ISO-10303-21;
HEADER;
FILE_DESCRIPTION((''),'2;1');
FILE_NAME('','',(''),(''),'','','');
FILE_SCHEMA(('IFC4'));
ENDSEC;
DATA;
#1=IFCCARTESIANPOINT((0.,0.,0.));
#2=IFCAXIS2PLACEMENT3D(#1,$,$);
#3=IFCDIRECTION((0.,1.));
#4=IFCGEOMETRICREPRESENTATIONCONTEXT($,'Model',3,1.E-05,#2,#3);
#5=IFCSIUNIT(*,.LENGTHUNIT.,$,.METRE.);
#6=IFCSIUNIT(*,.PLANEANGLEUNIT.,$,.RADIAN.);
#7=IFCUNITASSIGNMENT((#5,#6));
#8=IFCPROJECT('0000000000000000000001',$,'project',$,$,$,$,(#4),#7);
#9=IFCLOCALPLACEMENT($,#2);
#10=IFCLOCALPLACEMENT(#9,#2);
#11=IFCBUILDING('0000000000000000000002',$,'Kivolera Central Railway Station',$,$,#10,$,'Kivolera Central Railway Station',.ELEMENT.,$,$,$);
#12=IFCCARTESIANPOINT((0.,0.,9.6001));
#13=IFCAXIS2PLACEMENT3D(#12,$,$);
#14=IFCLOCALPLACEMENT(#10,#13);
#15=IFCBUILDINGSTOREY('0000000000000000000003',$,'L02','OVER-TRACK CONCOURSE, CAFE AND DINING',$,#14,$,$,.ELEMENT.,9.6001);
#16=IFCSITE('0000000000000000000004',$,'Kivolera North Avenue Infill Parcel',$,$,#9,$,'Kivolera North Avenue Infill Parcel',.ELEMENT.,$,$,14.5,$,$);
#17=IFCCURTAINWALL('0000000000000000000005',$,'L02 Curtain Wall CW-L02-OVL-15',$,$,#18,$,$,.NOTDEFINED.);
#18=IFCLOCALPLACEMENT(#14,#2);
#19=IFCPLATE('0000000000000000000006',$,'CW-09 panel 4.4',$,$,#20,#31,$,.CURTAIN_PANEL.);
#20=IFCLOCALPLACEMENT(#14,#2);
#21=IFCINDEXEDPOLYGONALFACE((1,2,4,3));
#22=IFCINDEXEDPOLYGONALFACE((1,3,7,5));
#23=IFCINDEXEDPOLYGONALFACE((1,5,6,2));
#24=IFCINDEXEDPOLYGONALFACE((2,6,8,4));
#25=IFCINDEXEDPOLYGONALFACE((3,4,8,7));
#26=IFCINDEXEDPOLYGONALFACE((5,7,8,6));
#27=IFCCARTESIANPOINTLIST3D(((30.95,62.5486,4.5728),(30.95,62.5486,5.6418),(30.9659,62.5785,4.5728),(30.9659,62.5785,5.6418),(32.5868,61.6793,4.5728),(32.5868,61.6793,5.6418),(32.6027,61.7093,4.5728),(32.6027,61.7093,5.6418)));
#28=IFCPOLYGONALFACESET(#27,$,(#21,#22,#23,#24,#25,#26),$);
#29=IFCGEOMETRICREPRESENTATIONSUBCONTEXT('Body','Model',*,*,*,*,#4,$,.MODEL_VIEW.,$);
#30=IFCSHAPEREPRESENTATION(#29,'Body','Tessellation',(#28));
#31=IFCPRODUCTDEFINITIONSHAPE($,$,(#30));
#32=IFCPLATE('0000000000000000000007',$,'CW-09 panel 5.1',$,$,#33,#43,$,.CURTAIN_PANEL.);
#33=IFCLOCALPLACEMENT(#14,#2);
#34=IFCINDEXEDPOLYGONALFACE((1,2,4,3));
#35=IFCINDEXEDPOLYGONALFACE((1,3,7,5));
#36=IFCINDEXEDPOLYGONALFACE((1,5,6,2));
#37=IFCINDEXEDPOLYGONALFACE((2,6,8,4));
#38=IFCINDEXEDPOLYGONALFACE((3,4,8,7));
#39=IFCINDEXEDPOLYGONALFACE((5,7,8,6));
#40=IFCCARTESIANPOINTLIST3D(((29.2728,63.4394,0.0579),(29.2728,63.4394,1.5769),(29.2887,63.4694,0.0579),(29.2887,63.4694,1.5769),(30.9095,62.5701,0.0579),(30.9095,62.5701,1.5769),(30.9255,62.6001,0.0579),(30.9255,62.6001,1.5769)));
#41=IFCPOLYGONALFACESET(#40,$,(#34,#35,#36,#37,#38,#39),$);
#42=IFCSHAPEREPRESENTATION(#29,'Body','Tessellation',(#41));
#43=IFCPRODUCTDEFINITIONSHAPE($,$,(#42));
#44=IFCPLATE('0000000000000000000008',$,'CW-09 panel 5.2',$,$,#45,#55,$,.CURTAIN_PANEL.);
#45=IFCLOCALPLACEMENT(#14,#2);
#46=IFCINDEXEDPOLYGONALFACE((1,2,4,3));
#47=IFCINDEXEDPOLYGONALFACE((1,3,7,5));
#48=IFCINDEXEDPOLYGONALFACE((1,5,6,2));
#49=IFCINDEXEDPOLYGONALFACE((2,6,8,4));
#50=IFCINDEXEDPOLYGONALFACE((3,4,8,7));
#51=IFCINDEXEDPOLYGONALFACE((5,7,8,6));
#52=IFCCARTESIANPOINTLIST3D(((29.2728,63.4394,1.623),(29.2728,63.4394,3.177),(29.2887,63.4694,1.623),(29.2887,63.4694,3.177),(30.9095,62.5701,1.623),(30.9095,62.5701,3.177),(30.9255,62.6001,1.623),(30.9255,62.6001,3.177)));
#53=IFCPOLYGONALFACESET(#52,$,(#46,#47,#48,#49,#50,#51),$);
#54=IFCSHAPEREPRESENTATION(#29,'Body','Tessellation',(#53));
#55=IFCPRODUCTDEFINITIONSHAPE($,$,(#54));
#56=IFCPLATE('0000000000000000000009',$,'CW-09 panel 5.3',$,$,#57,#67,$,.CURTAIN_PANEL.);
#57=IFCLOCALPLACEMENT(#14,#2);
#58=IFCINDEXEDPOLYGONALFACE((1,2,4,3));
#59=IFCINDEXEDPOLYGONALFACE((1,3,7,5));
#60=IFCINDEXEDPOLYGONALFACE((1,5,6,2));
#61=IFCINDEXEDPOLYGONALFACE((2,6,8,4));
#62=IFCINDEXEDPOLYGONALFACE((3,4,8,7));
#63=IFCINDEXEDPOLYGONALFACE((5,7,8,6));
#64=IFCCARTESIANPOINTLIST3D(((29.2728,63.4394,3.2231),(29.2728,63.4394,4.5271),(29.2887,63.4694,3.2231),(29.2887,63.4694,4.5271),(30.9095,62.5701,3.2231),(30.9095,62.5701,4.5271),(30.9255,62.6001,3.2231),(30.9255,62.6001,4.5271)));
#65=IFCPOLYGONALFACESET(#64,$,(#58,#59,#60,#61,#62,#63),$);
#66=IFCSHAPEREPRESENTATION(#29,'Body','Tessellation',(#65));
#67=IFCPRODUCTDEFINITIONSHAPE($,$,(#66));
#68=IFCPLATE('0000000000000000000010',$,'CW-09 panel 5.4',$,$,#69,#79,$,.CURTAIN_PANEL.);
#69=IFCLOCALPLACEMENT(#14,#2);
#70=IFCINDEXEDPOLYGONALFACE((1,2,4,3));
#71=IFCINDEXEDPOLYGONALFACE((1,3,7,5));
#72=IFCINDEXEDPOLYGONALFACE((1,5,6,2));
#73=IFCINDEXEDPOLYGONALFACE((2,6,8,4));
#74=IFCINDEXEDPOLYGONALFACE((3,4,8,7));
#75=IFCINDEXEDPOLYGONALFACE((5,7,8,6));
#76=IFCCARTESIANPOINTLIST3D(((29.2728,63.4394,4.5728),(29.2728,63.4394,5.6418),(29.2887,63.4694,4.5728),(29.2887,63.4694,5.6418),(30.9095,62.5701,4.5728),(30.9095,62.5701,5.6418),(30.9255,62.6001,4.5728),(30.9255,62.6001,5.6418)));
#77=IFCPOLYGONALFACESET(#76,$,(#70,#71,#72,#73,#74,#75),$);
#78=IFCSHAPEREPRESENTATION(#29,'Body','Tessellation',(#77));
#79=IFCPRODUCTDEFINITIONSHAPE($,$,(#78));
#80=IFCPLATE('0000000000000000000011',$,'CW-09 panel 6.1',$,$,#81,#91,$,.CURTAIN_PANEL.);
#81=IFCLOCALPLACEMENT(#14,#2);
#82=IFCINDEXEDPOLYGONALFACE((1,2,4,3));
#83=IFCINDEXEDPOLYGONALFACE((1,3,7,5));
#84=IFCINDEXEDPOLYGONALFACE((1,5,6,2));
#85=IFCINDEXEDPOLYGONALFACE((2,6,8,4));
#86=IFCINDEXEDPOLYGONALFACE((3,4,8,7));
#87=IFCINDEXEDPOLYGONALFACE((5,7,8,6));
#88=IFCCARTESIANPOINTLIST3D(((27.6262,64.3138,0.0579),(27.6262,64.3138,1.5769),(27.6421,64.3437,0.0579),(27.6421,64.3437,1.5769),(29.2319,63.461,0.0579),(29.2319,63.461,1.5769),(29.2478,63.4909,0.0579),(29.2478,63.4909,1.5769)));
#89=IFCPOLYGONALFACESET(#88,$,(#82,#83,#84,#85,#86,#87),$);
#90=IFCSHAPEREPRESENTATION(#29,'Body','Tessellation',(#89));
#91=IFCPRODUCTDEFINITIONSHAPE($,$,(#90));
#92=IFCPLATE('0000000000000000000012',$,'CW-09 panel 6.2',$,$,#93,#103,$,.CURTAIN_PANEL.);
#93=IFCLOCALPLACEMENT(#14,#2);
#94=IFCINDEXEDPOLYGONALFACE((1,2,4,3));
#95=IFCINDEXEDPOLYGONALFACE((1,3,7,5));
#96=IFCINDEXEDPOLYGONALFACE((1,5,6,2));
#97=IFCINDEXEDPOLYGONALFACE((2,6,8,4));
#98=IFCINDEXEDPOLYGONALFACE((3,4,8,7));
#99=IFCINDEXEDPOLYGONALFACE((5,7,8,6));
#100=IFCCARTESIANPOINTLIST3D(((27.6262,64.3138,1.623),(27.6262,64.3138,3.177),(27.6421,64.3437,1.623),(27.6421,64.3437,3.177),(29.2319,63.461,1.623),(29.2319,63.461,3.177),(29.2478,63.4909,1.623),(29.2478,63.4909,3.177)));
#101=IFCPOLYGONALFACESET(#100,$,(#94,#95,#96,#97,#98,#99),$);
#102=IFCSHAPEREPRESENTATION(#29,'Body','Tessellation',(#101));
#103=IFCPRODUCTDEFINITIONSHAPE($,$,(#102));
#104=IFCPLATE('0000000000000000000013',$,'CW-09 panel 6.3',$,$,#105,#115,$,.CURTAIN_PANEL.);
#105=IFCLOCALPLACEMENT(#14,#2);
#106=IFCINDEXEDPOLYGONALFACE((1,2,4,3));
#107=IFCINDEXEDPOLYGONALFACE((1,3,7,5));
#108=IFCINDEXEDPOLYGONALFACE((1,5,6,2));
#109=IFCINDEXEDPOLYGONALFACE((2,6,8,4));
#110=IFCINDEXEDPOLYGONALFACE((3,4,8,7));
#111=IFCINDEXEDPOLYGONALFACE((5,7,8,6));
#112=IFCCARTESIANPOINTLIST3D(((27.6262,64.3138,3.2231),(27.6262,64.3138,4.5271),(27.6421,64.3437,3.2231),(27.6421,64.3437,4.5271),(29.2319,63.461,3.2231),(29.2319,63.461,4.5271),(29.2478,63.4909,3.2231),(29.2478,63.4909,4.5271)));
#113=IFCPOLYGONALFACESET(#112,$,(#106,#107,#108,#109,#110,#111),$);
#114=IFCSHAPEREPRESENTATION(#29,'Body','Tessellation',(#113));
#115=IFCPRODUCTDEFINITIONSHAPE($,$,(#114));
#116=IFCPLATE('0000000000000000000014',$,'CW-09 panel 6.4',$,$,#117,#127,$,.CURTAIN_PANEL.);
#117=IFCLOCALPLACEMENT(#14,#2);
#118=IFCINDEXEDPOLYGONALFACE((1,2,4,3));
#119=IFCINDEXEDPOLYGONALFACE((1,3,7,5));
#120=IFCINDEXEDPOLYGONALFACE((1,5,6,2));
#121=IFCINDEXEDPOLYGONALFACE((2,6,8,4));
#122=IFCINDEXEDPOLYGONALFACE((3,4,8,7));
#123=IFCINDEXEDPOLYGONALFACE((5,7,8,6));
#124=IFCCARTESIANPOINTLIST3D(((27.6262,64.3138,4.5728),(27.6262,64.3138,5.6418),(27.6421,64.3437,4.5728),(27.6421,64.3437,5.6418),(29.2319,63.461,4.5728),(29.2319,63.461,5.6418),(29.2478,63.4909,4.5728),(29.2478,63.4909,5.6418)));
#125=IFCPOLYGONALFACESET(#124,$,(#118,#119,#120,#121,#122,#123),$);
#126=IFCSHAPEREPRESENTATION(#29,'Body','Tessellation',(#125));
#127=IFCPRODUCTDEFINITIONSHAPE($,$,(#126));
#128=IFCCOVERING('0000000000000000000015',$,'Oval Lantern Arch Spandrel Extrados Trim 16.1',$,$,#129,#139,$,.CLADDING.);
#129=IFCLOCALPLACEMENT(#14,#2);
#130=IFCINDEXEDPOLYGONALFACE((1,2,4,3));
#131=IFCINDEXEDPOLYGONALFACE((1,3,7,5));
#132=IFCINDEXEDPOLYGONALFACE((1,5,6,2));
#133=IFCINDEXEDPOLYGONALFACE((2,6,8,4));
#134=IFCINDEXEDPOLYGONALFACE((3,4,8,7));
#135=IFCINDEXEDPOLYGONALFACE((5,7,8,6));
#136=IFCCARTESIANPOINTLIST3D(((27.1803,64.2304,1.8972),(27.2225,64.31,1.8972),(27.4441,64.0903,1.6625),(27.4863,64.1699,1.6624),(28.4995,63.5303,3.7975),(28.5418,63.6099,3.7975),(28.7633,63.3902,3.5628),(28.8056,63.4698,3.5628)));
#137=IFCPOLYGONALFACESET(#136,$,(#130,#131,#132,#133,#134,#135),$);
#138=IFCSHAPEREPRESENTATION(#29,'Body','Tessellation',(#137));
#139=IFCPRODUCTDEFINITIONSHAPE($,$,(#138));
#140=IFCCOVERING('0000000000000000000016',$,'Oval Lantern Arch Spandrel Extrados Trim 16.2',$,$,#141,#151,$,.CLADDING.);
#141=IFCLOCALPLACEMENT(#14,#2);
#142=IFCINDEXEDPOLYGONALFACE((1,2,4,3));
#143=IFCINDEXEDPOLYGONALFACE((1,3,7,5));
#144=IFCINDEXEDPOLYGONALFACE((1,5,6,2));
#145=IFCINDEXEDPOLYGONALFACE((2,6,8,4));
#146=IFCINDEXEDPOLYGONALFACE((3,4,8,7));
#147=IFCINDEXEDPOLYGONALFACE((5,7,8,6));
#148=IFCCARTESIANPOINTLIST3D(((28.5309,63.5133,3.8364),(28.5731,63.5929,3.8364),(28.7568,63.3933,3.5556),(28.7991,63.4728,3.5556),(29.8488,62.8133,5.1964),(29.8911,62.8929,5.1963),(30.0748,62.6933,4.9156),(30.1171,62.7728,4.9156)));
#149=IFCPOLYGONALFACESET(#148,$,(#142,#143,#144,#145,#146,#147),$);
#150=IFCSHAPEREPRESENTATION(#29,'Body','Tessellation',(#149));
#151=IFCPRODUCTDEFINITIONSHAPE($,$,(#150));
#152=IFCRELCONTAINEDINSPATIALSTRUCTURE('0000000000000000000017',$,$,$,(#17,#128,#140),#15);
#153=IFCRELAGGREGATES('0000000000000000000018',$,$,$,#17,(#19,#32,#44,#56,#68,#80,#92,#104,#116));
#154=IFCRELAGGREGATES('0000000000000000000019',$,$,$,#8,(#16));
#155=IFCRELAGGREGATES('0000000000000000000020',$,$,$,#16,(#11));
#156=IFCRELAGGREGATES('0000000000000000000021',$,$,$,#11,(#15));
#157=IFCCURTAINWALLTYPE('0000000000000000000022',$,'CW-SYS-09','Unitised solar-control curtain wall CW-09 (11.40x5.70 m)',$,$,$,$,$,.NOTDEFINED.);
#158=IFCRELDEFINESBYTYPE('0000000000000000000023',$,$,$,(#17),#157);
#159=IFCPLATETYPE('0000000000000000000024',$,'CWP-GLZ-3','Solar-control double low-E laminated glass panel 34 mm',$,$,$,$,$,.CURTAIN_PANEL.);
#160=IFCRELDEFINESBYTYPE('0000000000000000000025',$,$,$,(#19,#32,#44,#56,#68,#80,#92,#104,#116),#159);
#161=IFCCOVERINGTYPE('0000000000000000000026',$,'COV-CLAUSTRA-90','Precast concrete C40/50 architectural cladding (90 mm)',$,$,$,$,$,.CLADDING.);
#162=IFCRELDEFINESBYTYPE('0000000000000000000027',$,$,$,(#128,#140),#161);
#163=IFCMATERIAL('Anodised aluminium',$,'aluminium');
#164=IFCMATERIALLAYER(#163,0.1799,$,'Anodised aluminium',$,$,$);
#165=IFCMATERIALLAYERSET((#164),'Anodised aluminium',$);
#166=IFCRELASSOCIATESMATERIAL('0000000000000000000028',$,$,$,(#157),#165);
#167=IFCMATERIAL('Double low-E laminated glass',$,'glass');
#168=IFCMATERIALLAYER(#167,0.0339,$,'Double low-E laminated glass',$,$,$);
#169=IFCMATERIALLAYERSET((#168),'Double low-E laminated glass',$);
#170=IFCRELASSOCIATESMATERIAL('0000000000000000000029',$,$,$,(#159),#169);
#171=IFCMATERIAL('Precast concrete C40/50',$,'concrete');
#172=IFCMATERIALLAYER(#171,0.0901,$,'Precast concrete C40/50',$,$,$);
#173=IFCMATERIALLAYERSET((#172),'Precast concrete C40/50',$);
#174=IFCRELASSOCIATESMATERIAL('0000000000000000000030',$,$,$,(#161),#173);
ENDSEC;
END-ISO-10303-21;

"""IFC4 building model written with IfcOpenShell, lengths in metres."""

from ifc_helpers import new_model, si_unit, direction, frame, origin, origin_2d, place, context, subcontext, project, spatial, rectangle, extrude, material, layer, layer_set, type_object, element, aggregate, save


model = new_model("IFC4")

# Units and contexts
model_context = context("Model", 3, precision=1e-05, world=origin(), true_north=direction((0.0, 1.0)))
body_context = subcontext(model_context, "Body", "Model", "MODEL_VIEW")
ifc_project = project(units=[si_unit("LENGTHUNIT", "METRE"), si_unit("PLANEANGLEUNIT", "RADIAN")], contexts=[model_context])

# Site, building, storey
site_placement = place(None, origin())
site = spatial("IfcSite", under=ifc_project, at=site_placement, Name="Kivolera North Avenue Infill Parcel", LongName="Kivolera North Avenue Infill Parcel", CompositionType="ELEMENT", RefElevation=14.5)
building_placement = place(site_placement, origin())
building = spatial("IfcBuilding", under=site, at=building_placement, Name="Kivolera Central Railway Station", LongName="Kivolera Central Railway Station", CompositionType="ELEMENT")
storey_placement = place(building_placement, frame((0.0, 0.0, 9.6001)))
storey = spatial("IfcBuildingStorey", under=building, at=storey_placement, Name="L02", Description="OVER-TRACK CONCOURSE, CAFE AND DINING", CompositionType="ELEMENT", Elevation=9.6001)

# Shared definitions
ifc_material_1 = material(Name="Anodised aluminium", Category="aluminium")

# Curtain wall
ifc_layer_1 = layer(ifc_material_1, 0.1799, Name="Anodised aluminium")
ifc_layer_set_1 = layer_set([ifc_layer_1], Name="Anodised aluminium")
curtain_wall_type_1 = type_object("IfcCurtainWallType", Name="CW-SYS-09", Description="Unitised solar-control curtain wall CW-09 (11.40x5.70 m)", PredefinedType="NOTDEFINED", material=ifc_layer_set_1)
curtain_wall_1_placement = place(storey_placement, origin())
curtain_wall_1 = element("IfcCurtainWall", 1, at=curtain_wall_1_placement, inside=storey, type_object=curtain_wall_type_1, Name="L02 Curtain Wall CW-L02-OVL-15", PredefinedType="NOTDEFINED")

# Plates
ifc_material_2 = material(Name="Double low-E laminated glass", Category="glass")
ifc_layer_2 = layer(ifc_material_2, 0.0339, Name="Double low-E laminated glass")
ifc_layer_set_2 = layer_set([ifc_layer_2], Name="Double low-E laminated glass")
plate_type = type_object("IfcPlateType", Name="CWP-GLZ-3", Description="Solar-control double low-E laminated glass panel 34 mm", PredefinedType="CURTAIN_PANEL", material=ifc_layer_set_2)
plate_1_placement = place(storey_placement, frame((31.7764, 62.1289, 4.5728), z_axis=(0.0, 0.0, 1.0), x_axis=(-0.88317, 0.469053, 0.0)))
plate_1 = element("IfcPlate", 2, at=plate_1_placement, type_object=plate_type, Name="CW-09 panel 4.4", PredefinedType="CURTAIN_PANEL", context=body_context, shape_type="SweptSolid", body=[
    extrude(rectangle(XDim=1.8533, YDim=0.0339, at=origin_2d()), origin(), (0.0, 0.0, 1.0), 1.0691),
])
plate_2_placement = place(storey_placement, frame((30.0991, 63.0198, 0.0579), z_axis=(0.0, 0.0, 1.0), x_axis=(-0.88317, 0.469053, 0.0)))
plate_2 = element("IfcPlate", 3, at=plate_2_placement, type_object=plate_type, Name="CW-09 panel 5.1", PredefinedType="CURTAIN_PANEL", context=body_context, shape_type="SweptSolid", body=[
    extrude(rectangle(XDim=1.8533, YDim=0.0339, at=origin_2d()), origin(), (0.0, 0.0, 1.0), 1.519),
])
plate_3_placement = place(storey_placement, frame((30.0991, 63.0198, 1.623), z_axis=(0.0, 0.0, 1.0), x_axis=(-0.88317, 0.469053, 0.0)))
plate_3 = element("IfcPlate", 4, at=plate_3_placement, type_object=plate_type, Name="CW-09 panel 5.2", PredefinedType="CURTAIN_PANEL", context=body_context, shape_type="SweptSolid", body=[
    extrude(rectangle(XDim=1.8533, YDim=0.0339, at=origin_2d()), origin(), (0.0, 0.0, 1.0), 1.554),
])
plate_4_placement = place(storey_placement, frame((30.0991, 63.0198, 3.2231), z_axis=(0.0, 0.0, 1.0), x_axis=(-0.88317, 0.469053, 0.0)))
plate_4 = element("IfcPlate", 5, at=plate_4_placement, type_object=plate_type, Name="CW-09 panel 5.3", PredefinedType="CURTAIN_PANEL", context=body_context, shape_type="SweptSolid", body=[
    extrude(rectangle(XDim=1.8533, YDim=0.0339, at=origin_2d()), origin(), (0.0, 0.0, 1.0), 1.304),
])
plate_5_placement = place(storey_placement, frame((30.0991, 63.0198, 4.5728), z_axis=(0.0, 0.0, 1.0), x_axis=(-0.88317, 0.469053, 0.0)))
plate_5 = element("IfcPlate", 6, at=plate_5_placement, type_object=plate_type, Name="CW-09 panel 5.4", PredefinedType="CURTAIN_PANEL", context=body_context, shape_type="SweptSolid", body=[
    extrude(rectangle(XDim=1.8533, YDim=0.0339, at=origin_2d()), origin(), (0.0, 0.0, 1.0), 1.0691),
])
plate_6_placement = place(storey_placement, frame((28.437, 63.9023, 0.0579), z_axis=(0.0, 0.0, 1.0), x_axis=(-0.88317, 0.469053, 0.0)))
plate_6 = element("IfcPlate", 7, at=plate_6_placement, type_object=plate_type, Name="CW-09 panel 6.1", PredefinedType="CURTAIN_PANEL", context=body_context, shape_type="SweptSolid", body=[
    extrude(rectangle(XDim=1.8181, YDim=0.0339, at=origin_2d()), origin(), (0.0, 0.0, 1.0), 1.519),
])
plate_7_placement = place(storey_placement, frame((28.437, 63.9023, 1.623), z_axis=(0.0, 0.0, 1.0), x_axis=(-0.88317, 0.469053, 0.0)))
plate_7 = element("IfcPlate", 8, at=plate_7_placement, type_object=plate_type, Name="CW-09 panel 6.2", PredefinedType="CURTAIN_PANEL", context=body_context, shape_type="SweptSolid", body=[
    extrude(rectangle(XDim=1.8181, YDim=0.0339, at=origin_2d()), origin(), (0.0, 0.0, 1.0), 1.554),
])
plate_8_placement = place(storey_placement, frame((28.437, 63.9023, 3.2231), z_axis=(0.0, 0.0, 1.0), x_axis=(-0.88317, 0.469053, 0.0)))
plate_8 = element("IfcPlate", 9, at=plate_8_placement, type_object=plate_type, Name="CW-09 panel 6.3", PredefinedType="CURTAIN_PANEL", context=body_context, shape_type="SweptSolid", body=[
    extrude(rectangle(XDim=1.8181, YDim=0.0339, at=origin_2d()), origin(), (0.0, 0.0, 1.0), 1.304),
])
plate_9_placement = place(storey_placement, frame((28.437, 63.9023, 4.5728), z_axis=(0.0, 0.0, 1.0), x_axis=(-0.88317, 0.469053, 0.0)))
plate_9 = element("IfcPlate", 10, at=plate_9_placement, type_object=plate_type, Name="CW-09 panel 6.4", PredefinedType="CURTAIN_PANEL", context=body_context, shape_type="SweptSolid", body=[
    extrude(rectangle(XDim=1.8181, YDim=0.0339, at=origin_2d()), origin(), (0.0, 0.0, 1.0), 1.0691),
])
aggregate(curtain_wall_1, [plate_1, plate_2, plate_3, plate_4, plate_5, plate_6, plate_7, plate_8, plate_9])

# Coverings
ifc_material_3 = material(Name="Precast concrete C40/50", Category="concrete")
ifc_layer_3 = layer(ifc_material_3, 0.0901, Name="Precast concrete C40/50")
ifc_layer_set_3 = layer_set([ifc_layer_3], Name="Precast concrete C40/50")
covering_type = type_object("IfcCoveringType", Name="COV-CLAUSTRA-90", Description="Precast concrete C40/50 architectural cladding (90 mm)", PredefinedType="CLADDING", material=ifc_layer_set_3)
covering_1_placement = place(storey_placement, frame((27.9929, 63.8501, 2.73), z_axis=(0.545817, -0.289668, 0.786242), x_axis=(-0.469119, -0.883135, 0.0)))
element("IfcCovering", 11, at=covering_1_placement, inside=storey, type_object=covering_type, Name="Oval Lantern Arch Spandrel Extrados Trim 16.1", PredefinedType="CLADDING", context=body_context, shape_type="SweptSolid", body=[
    extrude(rectangle(XDim=0.0901, YDim=0.3799, at=origin_2d()), frame((0.0, 0.0, -1.2085)), (0.0, 0.0, 1.0), 2.417),
])
covering_2_placement = place(storey_placement, frame((29.324, 63.1431, 4.376), z_axis=(0.652769, -0.346691, 0.673571), x_axis=(-0.469119, -0.883135, 0.0)))
element("IfcCovering", 12, at=covering_2_placement, inside=storey, type_object=covering_type, Name="Oval Lantern Arch Spandrel Extrados Trim 16.2", PredefinedType="CLADDING", context=body_context, shape_type="SweptSolid", body=[
    extrude(rectangle(XDim=0.0901, YDim=0.3799, at=origin_2d()), frame((0.0, 0.0, -1.0095)), (0.0, 0.0, 1.0), 2.019),
])

save(model, "model.ifc")
